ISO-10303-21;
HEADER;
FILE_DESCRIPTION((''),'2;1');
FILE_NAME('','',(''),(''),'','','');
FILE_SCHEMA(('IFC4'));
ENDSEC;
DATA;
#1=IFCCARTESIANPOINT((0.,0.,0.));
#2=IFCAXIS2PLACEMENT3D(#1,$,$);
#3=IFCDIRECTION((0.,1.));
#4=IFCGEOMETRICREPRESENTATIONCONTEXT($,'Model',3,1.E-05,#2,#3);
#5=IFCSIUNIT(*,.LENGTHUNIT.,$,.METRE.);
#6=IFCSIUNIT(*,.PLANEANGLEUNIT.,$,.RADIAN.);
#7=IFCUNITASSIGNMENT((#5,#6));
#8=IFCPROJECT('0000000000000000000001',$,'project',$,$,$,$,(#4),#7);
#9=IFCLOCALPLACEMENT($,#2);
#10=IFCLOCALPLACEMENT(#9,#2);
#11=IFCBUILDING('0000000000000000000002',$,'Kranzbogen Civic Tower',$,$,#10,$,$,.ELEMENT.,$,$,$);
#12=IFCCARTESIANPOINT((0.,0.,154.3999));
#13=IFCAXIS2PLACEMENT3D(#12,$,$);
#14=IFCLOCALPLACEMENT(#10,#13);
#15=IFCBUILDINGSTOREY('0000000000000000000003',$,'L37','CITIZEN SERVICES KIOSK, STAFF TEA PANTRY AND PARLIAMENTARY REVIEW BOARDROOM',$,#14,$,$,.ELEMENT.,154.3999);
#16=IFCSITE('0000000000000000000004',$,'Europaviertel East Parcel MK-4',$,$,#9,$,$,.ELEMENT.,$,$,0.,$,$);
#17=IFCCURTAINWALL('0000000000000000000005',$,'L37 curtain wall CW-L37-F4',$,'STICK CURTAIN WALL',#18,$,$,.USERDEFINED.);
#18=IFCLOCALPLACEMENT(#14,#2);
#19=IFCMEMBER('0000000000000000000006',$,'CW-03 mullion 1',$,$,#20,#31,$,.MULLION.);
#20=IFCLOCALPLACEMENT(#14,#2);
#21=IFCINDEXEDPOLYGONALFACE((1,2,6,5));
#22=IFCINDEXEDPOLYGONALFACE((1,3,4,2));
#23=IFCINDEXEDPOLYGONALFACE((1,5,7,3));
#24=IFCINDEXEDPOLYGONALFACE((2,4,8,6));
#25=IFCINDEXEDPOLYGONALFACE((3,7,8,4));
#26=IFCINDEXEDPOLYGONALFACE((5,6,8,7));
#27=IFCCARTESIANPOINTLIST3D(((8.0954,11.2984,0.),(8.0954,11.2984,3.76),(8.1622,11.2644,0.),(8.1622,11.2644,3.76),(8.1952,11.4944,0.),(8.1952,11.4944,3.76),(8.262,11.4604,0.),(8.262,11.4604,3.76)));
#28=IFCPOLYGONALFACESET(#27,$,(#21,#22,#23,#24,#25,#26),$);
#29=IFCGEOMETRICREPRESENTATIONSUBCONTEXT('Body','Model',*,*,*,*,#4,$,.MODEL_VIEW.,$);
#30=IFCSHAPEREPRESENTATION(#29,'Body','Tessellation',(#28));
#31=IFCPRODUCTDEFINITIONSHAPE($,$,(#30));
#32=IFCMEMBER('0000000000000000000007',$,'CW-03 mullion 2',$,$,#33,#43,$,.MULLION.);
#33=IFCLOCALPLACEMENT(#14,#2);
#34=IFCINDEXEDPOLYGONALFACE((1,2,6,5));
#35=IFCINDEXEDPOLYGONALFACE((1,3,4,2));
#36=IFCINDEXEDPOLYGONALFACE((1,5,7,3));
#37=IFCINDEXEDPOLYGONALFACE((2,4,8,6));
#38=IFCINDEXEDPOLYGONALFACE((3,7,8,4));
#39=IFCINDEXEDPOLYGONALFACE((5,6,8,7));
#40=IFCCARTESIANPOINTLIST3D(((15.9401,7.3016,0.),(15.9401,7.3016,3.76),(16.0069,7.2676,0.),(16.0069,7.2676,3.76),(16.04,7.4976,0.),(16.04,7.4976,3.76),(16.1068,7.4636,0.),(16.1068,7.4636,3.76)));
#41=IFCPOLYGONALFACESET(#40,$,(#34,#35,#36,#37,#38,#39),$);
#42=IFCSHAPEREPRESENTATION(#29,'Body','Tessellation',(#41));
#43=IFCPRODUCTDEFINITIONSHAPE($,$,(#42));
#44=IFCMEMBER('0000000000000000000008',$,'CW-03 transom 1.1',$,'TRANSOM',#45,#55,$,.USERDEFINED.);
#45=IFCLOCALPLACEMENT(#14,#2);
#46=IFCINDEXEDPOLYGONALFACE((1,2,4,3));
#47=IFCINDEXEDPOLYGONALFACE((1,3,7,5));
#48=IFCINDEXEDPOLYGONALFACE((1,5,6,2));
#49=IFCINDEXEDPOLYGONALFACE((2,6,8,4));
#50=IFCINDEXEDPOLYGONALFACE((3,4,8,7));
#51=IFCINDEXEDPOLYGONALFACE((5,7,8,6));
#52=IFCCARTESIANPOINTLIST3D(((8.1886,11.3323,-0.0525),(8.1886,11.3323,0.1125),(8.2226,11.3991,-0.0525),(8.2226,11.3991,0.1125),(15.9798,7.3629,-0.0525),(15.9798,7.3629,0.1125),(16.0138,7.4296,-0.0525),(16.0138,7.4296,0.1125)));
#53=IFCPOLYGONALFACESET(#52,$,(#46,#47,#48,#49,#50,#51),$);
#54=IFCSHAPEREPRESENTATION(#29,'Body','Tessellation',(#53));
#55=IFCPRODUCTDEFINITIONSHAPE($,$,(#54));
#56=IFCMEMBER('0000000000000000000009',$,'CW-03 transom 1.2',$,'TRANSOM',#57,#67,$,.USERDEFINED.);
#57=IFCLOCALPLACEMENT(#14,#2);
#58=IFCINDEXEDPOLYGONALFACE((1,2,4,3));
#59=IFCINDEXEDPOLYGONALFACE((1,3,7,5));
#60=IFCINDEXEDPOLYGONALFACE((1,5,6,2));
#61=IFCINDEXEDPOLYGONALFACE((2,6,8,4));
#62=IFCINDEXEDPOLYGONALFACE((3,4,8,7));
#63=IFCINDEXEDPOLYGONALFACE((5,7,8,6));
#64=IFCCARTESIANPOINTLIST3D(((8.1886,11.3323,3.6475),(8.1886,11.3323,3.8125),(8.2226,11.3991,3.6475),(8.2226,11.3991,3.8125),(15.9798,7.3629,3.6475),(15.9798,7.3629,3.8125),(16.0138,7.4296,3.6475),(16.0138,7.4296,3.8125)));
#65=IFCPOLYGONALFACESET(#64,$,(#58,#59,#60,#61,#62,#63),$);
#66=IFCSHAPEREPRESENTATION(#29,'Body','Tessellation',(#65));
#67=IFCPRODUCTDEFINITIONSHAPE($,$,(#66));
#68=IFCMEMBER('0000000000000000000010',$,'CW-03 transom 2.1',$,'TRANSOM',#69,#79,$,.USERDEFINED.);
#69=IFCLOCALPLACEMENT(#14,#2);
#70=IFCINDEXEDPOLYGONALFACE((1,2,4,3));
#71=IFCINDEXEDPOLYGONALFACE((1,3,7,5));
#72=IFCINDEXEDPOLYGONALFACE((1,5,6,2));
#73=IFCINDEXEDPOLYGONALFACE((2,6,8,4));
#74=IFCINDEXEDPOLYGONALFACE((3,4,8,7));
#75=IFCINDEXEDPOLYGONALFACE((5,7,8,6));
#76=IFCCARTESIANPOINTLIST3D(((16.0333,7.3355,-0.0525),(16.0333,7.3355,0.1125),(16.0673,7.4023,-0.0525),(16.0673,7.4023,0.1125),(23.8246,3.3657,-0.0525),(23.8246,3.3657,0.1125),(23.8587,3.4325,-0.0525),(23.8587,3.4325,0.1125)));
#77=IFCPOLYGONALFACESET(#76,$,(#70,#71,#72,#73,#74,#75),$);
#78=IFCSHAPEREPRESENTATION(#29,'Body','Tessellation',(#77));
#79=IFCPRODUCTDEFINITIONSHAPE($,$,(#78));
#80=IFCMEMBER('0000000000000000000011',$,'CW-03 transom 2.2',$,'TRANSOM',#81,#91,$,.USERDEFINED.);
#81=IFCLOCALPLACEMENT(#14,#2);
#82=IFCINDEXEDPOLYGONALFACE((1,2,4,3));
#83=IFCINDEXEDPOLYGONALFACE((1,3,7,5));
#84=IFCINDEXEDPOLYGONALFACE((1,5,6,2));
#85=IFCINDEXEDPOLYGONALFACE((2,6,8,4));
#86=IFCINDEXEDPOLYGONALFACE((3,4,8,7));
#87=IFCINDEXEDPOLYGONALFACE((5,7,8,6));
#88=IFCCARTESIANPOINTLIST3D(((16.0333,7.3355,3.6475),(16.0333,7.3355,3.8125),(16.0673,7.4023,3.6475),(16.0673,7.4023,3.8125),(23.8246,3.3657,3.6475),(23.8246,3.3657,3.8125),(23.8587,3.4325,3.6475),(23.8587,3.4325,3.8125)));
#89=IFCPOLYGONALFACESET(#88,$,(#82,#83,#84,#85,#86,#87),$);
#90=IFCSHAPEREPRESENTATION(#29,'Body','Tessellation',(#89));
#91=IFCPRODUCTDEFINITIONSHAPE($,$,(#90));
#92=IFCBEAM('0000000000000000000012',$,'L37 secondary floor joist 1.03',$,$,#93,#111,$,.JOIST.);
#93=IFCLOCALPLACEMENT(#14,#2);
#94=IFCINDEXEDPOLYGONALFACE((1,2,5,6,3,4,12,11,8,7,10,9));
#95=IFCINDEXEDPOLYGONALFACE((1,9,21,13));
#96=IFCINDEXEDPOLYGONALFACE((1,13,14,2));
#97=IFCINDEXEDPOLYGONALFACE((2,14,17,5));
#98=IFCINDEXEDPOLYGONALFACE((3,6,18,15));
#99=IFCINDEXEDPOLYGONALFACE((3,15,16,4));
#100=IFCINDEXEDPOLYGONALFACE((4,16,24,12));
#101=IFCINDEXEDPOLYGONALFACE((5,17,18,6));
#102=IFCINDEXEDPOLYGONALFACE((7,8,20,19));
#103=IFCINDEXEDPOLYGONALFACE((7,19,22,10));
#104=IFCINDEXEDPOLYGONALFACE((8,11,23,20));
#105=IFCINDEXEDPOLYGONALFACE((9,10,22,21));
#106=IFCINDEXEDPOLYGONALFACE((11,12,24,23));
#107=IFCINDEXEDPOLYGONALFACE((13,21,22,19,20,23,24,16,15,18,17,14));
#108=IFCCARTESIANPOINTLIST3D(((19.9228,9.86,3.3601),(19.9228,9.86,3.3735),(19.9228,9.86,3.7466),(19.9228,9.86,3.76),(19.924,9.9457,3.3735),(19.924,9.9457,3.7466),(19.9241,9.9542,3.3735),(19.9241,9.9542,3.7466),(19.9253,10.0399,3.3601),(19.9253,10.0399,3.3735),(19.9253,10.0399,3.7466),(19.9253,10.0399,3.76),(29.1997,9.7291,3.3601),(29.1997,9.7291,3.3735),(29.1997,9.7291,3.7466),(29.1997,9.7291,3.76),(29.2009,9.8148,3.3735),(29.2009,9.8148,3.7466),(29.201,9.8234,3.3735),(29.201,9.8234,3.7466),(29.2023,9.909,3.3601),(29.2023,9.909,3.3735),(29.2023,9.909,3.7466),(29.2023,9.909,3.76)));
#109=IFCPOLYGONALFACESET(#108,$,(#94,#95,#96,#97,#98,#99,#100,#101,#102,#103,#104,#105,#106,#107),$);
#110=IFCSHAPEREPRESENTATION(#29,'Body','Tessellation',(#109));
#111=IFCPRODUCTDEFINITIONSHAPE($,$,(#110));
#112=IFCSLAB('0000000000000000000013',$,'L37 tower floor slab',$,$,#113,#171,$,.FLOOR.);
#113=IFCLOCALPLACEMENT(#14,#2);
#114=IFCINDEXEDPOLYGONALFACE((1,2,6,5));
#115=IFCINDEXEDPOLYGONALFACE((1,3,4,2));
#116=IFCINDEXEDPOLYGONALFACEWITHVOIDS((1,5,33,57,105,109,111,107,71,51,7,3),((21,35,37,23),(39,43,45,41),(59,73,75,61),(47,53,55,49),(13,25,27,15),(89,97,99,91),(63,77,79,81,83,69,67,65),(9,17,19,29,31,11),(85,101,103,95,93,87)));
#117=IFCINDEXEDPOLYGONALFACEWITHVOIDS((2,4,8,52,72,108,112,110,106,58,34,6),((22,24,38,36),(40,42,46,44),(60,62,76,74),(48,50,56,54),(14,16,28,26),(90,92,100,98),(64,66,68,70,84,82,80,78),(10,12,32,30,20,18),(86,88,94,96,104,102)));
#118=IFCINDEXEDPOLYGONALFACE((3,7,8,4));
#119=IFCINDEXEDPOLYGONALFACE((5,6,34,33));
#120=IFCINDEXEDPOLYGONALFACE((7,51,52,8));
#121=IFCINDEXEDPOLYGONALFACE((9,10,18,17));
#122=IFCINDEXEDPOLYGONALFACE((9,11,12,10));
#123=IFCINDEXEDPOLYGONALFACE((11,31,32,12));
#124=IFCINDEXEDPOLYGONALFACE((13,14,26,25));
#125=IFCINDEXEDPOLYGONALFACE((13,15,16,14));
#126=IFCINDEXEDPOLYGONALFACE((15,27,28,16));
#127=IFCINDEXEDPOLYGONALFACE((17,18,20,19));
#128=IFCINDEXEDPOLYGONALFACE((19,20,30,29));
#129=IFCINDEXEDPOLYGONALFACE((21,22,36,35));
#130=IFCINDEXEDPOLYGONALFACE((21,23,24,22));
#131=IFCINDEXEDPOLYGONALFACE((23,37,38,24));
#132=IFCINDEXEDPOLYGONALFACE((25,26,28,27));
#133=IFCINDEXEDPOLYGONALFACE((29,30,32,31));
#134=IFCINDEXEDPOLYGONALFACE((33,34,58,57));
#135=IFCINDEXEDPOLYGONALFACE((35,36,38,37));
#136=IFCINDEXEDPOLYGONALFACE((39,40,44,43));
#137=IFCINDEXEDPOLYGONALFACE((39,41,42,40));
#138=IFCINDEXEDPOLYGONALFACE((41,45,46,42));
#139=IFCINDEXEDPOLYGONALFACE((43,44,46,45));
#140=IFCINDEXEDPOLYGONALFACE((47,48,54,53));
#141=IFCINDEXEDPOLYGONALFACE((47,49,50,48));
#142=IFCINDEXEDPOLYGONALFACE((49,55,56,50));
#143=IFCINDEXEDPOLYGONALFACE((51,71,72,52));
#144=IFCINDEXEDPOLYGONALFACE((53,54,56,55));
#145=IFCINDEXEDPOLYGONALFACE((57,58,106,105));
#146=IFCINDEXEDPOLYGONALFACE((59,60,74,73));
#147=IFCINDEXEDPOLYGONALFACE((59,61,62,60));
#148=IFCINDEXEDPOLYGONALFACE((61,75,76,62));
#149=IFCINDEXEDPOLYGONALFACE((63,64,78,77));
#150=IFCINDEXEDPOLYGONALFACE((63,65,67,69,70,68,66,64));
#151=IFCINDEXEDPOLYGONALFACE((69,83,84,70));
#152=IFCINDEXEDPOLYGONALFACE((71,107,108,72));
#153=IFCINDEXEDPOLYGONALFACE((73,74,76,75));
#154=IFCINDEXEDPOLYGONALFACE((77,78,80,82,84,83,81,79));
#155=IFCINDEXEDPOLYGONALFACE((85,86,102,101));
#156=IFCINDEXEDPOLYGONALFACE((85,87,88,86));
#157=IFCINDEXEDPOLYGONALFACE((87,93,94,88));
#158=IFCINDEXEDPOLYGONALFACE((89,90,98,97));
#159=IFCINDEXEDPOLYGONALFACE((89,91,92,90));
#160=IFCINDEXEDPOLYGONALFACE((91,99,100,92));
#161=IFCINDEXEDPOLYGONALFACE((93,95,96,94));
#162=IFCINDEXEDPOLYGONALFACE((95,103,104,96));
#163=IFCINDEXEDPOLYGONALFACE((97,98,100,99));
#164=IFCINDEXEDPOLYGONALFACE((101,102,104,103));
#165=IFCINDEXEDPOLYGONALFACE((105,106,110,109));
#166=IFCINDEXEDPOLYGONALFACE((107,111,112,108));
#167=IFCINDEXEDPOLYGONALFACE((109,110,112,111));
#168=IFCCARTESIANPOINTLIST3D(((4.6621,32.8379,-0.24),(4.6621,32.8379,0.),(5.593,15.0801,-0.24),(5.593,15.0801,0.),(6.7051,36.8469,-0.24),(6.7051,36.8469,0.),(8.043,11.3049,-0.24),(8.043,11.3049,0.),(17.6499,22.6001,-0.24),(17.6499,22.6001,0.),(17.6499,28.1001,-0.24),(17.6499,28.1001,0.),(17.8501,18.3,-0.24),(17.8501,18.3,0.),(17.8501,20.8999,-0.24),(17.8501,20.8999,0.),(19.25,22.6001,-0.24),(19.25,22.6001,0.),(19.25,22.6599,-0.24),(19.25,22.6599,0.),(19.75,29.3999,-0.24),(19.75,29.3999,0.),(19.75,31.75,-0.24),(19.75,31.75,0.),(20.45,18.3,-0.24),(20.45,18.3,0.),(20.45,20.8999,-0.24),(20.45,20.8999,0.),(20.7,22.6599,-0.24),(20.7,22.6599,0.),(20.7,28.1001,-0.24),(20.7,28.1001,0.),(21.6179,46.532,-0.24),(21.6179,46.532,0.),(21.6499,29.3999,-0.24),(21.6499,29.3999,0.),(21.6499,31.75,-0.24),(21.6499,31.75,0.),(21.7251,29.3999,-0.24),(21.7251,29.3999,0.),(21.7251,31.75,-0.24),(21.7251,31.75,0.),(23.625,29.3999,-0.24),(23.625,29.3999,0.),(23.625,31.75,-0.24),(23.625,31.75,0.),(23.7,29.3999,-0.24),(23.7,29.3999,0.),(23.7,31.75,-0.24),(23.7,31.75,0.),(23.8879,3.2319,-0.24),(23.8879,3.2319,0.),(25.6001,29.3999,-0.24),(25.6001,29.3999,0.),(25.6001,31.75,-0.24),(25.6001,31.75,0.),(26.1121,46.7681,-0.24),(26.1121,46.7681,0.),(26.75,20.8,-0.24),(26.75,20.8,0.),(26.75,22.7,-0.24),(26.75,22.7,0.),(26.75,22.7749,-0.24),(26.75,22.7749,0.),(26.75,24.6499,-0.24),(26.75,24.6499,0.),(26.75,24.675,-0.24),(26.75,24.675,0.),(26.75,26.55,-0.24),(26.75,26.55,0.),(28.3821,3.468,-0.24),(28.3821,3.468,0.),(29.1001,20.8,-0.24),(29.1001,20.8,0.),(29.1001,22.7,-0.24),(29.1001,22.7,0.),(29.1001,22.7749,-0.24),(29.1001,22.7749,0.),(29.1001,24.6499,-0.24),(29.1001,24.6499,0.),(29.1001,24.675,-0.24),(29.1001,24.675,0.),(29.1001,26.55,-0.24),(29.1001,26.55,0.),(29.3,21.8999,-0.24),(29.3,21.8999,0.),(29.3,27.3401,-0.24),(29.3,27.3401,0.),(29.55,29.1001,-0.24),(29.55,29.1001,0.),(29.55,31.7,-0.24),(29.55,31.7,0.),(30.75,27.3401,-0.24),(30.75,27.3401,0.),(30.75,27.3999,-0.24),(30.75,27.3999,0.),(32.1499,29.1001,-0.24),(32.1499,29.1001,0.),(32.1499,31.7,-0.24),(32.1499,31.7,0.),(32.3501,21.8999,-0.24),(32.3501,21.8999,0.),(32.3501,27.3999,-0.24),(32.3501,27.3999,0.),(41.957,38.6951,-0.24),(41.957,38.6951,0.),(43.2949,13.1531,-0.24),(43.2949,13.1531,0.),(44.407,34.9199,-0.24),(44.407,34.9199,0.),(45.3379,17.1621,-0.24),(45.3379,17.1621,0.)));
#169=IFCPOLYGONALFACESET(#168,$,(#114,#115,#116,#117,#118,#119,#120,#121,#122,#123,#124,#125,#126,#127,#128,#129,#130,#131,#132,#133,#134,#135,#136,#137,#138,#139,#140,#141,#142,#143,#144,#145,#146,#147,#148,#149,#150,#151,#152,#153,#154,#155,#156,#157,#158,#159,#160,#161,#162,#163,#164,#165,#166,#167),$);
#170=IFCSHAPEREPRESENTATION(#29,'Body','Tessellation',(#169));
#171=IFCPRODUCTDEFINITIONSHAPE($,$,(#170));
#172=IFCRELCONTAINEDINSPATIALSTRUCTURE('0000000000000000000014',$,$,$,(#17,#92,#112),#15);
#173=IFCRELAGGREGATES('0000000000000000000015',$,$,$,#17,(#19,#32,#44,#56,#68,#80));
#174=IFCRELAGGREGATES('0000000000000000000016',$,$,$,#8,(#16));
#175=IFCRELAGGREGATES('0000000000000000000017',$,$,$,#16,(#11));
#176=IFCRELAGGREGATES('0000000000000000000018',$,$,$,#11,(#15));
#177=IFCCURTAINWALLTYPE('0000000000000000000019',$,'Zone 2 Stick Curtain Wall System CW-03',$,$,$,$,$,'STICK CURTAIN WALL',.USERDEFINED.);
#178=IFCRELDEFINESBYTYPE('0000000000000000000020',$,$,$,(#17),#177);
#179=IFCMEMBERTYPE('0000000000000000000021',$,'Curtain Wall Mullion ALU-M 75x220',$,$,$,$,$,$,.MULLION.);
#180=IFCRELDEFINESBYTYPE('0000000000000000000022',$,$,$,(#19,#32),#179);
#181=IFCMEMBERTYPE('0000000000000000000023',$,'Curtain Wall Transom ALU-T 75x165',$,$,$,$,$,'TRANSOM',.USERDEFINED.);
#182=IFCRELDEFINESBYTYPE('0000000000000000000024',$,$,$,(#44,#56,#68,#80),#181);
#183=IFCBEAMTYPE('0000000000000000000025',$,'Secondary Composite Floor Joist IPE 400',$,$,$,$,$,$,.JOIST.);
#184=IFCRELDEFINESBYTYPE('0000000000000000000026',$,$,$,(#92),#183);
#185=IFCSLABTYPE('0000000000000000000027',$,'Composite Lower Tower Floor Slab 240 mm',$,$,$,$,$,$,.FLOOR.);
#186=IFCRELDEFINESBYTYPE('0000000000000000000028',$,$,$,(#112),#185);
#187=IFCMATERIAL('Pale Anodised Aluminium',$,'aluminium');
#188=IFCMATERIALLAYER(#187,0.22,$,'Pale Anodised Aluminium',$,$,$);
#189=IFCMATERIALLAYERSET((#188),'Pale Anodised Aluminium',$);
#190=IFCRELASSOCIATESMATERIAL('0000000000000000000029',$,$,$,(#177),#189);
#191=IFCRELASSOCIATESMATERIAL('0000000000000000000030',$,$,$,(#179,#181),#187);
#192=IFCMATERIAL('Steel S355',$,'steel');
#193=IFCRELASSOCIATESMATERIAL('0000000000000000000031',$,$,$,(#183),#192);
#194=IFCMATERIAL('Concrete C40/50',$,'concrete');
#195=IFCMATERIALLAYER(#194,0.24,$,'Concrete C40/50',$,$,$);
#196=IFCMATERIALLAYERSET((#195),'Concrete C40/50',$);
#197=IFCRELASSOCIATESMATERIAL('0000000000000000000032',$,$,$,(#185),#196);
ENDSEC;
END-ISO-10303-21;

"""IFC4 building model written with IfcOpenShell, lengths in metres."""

from ifc_helpers import new_model, si_unit, direction, frame, origin, origin_2d, place, context, subcontext, project, spatial, polyline, rectangle, i_section, outline, extrude, material, layer, layer_set, material_profile, profile_set, type_object, element, aggregate, save


model = new_model("IFC4")

# Units and contexts
model_context = context("Model", 3, precision=1e-05, world=origin(), true_north=direction((0.0, 1.0)))
body_context = subcontext(model_context, "Body", "Model", "MODEL_VIEW")
ifc_project = project(units=[si_unit("LENGTHUNIT", "METRE"), si_unit("PLANEANGLEUNIT", "RADIAN")], contexts=[model_context])

# Site, building, storey
site_placement = place(None, origin())
site = spatial("IfcSite", under=ifc_project, at=site_placement, Name="Europaviertel East Parcel MK-4", CompositionType="ELEMENT", RefElevation=0.0)
building_placement = place(site_placement, origin())
building = spatial("IfcBuilding", under=site, at=building_placement, Name="Kranzbogen Civic Tower", CompositionType="ELEMENT")
storey_placement = place(building_placement, frame((0.0, 0.0, 154.3999)))
storey = spatial("IfcBuildingStorey", under=building, at=storey_placement, Name="L37", Description="CITIZEN SERVICES KIOSK, STAFF TEA PANTRY AND PARLIAMENTARY REVIEW BOARDROOM", CompositionType="ELEMENT", Elevation=154.3999)

# Curtain wall, members
ifc_material_1 = material(Name="Pale Anodised Aluminium", Category="aluminium")
ifc_layer_1 = layer(ifc_material_1, 0.22, Name="Pale Anodised Aluminium")
ifc_layer_set_1 = layer_set([ifc_layer_1], Name="Pale Anodised Aluminium")
curtain_wall_type = type_object("IfcCurtainWallType", Name="Zone 2 Stick Curtain Wall System CW-03", ElementType="STICK CURTAIN WALL", PredefinedType="USERDEFINED", material=ifc_layer_set_1)
curtain_wall_placement = place(storey_placement, origin())
curtain_wall = element("IfcCurtainWall", 1, at=curtain_wall_placement, inside=storey, type_object=curtain_wall_type, Name="L37 curtain wall CW-L37-F4", ObjectType="STICK CURTAIN WALL", PredefinedType="USERDEFINED")
ifc_material_profile_1 = material_profile(ifc_material_1, rectangle(XDim=0.075, YDim=0.22, at=origin_2d()), Name="ALU-M 75x220")
ifc_profile_set_1 = profile_set([ifc_material_profile_1], Name="Pale Anodised Aluminium")
member_type_1 = type_object("IfcMemberType", Name="Curtain Wall Mullion ALU-M 75x220", PredefinedType="MULLION", material=ifc_profile_set_1)
member_1_placement = place(storey_placement, frame((8.1787, 11.3794, 0.0), z_axis=(0.0, 0.0, 1.0), x_axis=(0.891017, -0.45397, 0.0)))
member_1 = element("IfcMember", 2, at=member_1_placement, type_object=member_type_1, Name="CW-03 mullion 1", PredefinedType="MULLION", context=body_context, shape_type="SweptSolid", body=[
    extrude(rectangle(XDim=0.075, YDim=0.22, at=origin_2d()), origin(), (0.0, 0.0, 1.0), 3.76),
])
member_2_placement = place(storey_placement, frame((16.0234, 7.3826, 0.0), z_axis=(0.0, 0.0, 1.0), x_axis=(0.891017, -0.45397, 0.0)))
member_2 = element("IfcMember", 3, at=member_2_placement, type_object=member_type_1, Name="CW-03 mullion 2", PredefinedType="MULLION", context=body_context, shape_type="SweptSolid", body=[
    extrude(rectangle(XDim=0.075, YDim=0.22, at=origin_2d()), origin(), (0.0, 0.0, 1.0), 3.76),
])
ifc_material_profile_2 = material_profile(ifc_material_1, rectangle(XDim=0.075, YDim=0.165, at=origin_2d()), Name="ALU-T 75x165")
ifc_profile_set_2 = profile_set([ifc_material_profile_2], Name="Pale Anodised Aluminium")
member_type_2 = type_object("IfcMemberType", Name="Curtain Wall Transom ALU-T 75x165", ElementType="TRANSOM", PredefinedType="USERDEFINED", material=ifc_profile_set_2)
member_3_placement = place(storey_placement, frame((8.2056, 11.3657, 0.03), z_axis=(0.891023, -0.453958, 0.0), x_axis=(0.453958, 0.891023, 0.0)))
member_3 = element("IfcMember", 4, at=member_3_placement, type_object=member_type_2, Name="CW-03 transom 1.1", ObjectType="TRANSOM", PredefinedType="USERDEFINED", context=body_context, shape_type="SweptSolid", body=[
    extrude(rectangle(XDim=0.075, YDim=0.165, at=origin_2d()), origin(), (0.0, 0.0, 1.0), 8.7441),
])
member_4_placement = place(storey_placement, frame((8.2056, 11.3657, 3.73), z_axis=(0.891023, -0.453958, 0.0), x_axis=(0.453958, 0.891023, 0.0)))
member_4 = element("IfcMember", 5, at=member_4_placement, type_object=member_type_2, Name="CW-03 transom 1.2", ObjectType="TRANSOM", PredefinedType="USERDEFINED", context=body_context, shape_type="SweptSolid", body=[
    extrude(rectangle(XDim=0.075, YDim=0.165, at=origin_2d()), origin(), (0.0, 0.0, 1.0), 8.7441),
])
member_5_placement = place(storey_placement, frame((16.0503, 7.3689, 0.03), z_axis=(0.891012, -0.45398, 0.0), x_axis=(0.45398, 0.891012, 0.0)))
member_5 = element("IfcMember", 6, at=member_5_placement, type_object=member_type_2, Name="CW-03 transom 2.1", ObjectType="TRANSOM", PredefinedType="USERDEFINED", context=body_context, shape_type="SweptSolid", body=[
    extrude(rectangle(XDim=0.075, YDim=0.165, at=origin_2d()), origin(), (0.0, 0.0, 1.0), 8.7444),
])
member_6_placement = place(storey_placement, frame((16.0503, 7.3689, 3.73), z_axis=(0.891012, -0.45398, 0.0), x_axis=(0.45398, 0.891012, 0.0)))
member_6 = element("IfcMember", 7, at=member_6_placement, type_object=member_type_2, Name="CW-03 transom 2.2", ObjectType="TRANSOM", PredefinedType="USERDEFINED", context=body_context, shape_type="SweptSolid", body=[
    extrude(rectangle(XDim=0.075, YDim=0.165, at=origin_2d()), origin(), (0.0, 0.0, 1.0), 8.7444),
])

# Beam
ifc_material_2 = material(Name="Steel S355", Category="steel")
ifc_material_profile_3 = material_profile(ifc_material_2, i_section(OverallWidth=0.1799, OverallDepth=0.3999, WebThickness=0.0085, FlangeThickness=0.0134, at=origin_2d()), Name="IPE 400")
ifc_profile_set_3 = profile_set([ifc_material_profile_3], Name="Steel S355")
beam_type = type_object("IfcBeamType", Name="Secondary Composite Floor Joist IPE 400", PredefinedType="JOIST", material=ifc_profile_set_3)
beam_placement = place(storey_placement, frame((19.9241, 9.95, 3.5601), z_axis=(0.999901, -0.014105, 0.0), x_axis=(0.014105, 0.999901, 0.0)))
element("IfcBeam", 8, at=beam_placement, inside=storey, type_object=beam_type, Name="L37 secondary floor joist 1.03", PredefinedType="JOIST", context=body_context, shape_type="SweptSolid", body=[
    extrude(i_section(OverallWidth=0.1799, OverallDepth=0.3999, WebThickness=0.0085, FlangeThickness=0.0134, at=origin_2d()), origin(), (0.0, 0.0, 1.0), 9.2778),
])

# Slab
ifc_material_3 = material(Name="Concrete C40/50", Category="concrete")
ifc_layer_2 = layer(ifc_material_3, 0.24, Name="Concrete C40/50")
ifc_layer_set_2 = layer_set([ifc_layer_2], Name="Concrete C40/50")
slab_type_1 = type_object("IfcSlabType", Name="Composite Lower Tower Floor Slab 240 mm", PredefinedType="FLOOR", material=ifc_layer_set_2)
slab_1_placement = place(storey_placement, frame((0.0, 0.0, -0.24)))
element("IfcSlab", 9, at=slab_1_placement, inside=storey, type_object=slab_type_1, Name="L37 tower floor slab", PredefinedType="FLOOR", context=body_context, shape_type="SweptSolid", body=[
    extrude(outline(polyline([(41.957, 38.6951), (26.1121, 46.7681), (21.6179, 46.532), (6.7051, 36.8469), (4.6621, 32.8379), (5.593, 15.0801), (8.043, 11.3049), (23.8879, 3.2319), (28.3821, 3.468), (43.2949, 13.1531), (45.3379, 17.1621), (44.407, 34.9199), (41.957, 38.6951)]), holes=[polyline([(20.45, 20.8999), (20.45, 18.3), (17.8501, 18.3), (17.8501, 20.8999), (20.45, 20.8999)]), polyline([(29.1001, 22.7), (29.1001, 20.8), (26.75, 20.8), (26.75, 22.7), (29.1001, 22.7)]), polyline([(29.1001, 24.6499), (29.1001, 22.7749), (26.75, 22.7749), (26.75, 24.6499), (26.75, 24.675), (26.75, 26.55), (29.1001, 26.55), (29.1001, 24.675), (29.1001, 24.6499)]), polyline([(30.75, 27.3401), (30.75, 27.3999), (32.3501, 27.3999), (32.3501, 21.8999), (29.3, 21.8999), (29.3, 27.3401), (30.75, 27.3401)]), polyline([(19.25, 22.6599), (19.25, 22.6001), (17.6499, 22.6001), (17.6499, 28.1001), (20.7, 28.1001), (20.7, 22.6599), (19.25, 22.6599)]), polyline([(32.1499, 31.7), (32.1499, 29.1001), (29.55, 29.1001), (29.55, 31.7), (32.1499, 31.7)]), polyline([(21.6499, 31.75), (21.6499, 29.3999), (19.75, 29.3999), (19.75, 31.75), (21.6499, 31.75)]), polyline([(23.625, 29.3999), (21.7251, 29.3999), (21.7251, 31.75), (23.625, 31.75), (23.625, 29.3999)]), polyline([(25.6001, 29.3999), (23.7, 29.3999), (23.7, 31.75), (25.6001, 31.75), (25.6001, 29.3999)])]), origin(), (0.0, 0.0, 1.0), 0.24),
])

aggregate(curtain_wall, [member_1, member_2, member_3, member_4, member_5, member_6])

save(model, "model.ifc")
